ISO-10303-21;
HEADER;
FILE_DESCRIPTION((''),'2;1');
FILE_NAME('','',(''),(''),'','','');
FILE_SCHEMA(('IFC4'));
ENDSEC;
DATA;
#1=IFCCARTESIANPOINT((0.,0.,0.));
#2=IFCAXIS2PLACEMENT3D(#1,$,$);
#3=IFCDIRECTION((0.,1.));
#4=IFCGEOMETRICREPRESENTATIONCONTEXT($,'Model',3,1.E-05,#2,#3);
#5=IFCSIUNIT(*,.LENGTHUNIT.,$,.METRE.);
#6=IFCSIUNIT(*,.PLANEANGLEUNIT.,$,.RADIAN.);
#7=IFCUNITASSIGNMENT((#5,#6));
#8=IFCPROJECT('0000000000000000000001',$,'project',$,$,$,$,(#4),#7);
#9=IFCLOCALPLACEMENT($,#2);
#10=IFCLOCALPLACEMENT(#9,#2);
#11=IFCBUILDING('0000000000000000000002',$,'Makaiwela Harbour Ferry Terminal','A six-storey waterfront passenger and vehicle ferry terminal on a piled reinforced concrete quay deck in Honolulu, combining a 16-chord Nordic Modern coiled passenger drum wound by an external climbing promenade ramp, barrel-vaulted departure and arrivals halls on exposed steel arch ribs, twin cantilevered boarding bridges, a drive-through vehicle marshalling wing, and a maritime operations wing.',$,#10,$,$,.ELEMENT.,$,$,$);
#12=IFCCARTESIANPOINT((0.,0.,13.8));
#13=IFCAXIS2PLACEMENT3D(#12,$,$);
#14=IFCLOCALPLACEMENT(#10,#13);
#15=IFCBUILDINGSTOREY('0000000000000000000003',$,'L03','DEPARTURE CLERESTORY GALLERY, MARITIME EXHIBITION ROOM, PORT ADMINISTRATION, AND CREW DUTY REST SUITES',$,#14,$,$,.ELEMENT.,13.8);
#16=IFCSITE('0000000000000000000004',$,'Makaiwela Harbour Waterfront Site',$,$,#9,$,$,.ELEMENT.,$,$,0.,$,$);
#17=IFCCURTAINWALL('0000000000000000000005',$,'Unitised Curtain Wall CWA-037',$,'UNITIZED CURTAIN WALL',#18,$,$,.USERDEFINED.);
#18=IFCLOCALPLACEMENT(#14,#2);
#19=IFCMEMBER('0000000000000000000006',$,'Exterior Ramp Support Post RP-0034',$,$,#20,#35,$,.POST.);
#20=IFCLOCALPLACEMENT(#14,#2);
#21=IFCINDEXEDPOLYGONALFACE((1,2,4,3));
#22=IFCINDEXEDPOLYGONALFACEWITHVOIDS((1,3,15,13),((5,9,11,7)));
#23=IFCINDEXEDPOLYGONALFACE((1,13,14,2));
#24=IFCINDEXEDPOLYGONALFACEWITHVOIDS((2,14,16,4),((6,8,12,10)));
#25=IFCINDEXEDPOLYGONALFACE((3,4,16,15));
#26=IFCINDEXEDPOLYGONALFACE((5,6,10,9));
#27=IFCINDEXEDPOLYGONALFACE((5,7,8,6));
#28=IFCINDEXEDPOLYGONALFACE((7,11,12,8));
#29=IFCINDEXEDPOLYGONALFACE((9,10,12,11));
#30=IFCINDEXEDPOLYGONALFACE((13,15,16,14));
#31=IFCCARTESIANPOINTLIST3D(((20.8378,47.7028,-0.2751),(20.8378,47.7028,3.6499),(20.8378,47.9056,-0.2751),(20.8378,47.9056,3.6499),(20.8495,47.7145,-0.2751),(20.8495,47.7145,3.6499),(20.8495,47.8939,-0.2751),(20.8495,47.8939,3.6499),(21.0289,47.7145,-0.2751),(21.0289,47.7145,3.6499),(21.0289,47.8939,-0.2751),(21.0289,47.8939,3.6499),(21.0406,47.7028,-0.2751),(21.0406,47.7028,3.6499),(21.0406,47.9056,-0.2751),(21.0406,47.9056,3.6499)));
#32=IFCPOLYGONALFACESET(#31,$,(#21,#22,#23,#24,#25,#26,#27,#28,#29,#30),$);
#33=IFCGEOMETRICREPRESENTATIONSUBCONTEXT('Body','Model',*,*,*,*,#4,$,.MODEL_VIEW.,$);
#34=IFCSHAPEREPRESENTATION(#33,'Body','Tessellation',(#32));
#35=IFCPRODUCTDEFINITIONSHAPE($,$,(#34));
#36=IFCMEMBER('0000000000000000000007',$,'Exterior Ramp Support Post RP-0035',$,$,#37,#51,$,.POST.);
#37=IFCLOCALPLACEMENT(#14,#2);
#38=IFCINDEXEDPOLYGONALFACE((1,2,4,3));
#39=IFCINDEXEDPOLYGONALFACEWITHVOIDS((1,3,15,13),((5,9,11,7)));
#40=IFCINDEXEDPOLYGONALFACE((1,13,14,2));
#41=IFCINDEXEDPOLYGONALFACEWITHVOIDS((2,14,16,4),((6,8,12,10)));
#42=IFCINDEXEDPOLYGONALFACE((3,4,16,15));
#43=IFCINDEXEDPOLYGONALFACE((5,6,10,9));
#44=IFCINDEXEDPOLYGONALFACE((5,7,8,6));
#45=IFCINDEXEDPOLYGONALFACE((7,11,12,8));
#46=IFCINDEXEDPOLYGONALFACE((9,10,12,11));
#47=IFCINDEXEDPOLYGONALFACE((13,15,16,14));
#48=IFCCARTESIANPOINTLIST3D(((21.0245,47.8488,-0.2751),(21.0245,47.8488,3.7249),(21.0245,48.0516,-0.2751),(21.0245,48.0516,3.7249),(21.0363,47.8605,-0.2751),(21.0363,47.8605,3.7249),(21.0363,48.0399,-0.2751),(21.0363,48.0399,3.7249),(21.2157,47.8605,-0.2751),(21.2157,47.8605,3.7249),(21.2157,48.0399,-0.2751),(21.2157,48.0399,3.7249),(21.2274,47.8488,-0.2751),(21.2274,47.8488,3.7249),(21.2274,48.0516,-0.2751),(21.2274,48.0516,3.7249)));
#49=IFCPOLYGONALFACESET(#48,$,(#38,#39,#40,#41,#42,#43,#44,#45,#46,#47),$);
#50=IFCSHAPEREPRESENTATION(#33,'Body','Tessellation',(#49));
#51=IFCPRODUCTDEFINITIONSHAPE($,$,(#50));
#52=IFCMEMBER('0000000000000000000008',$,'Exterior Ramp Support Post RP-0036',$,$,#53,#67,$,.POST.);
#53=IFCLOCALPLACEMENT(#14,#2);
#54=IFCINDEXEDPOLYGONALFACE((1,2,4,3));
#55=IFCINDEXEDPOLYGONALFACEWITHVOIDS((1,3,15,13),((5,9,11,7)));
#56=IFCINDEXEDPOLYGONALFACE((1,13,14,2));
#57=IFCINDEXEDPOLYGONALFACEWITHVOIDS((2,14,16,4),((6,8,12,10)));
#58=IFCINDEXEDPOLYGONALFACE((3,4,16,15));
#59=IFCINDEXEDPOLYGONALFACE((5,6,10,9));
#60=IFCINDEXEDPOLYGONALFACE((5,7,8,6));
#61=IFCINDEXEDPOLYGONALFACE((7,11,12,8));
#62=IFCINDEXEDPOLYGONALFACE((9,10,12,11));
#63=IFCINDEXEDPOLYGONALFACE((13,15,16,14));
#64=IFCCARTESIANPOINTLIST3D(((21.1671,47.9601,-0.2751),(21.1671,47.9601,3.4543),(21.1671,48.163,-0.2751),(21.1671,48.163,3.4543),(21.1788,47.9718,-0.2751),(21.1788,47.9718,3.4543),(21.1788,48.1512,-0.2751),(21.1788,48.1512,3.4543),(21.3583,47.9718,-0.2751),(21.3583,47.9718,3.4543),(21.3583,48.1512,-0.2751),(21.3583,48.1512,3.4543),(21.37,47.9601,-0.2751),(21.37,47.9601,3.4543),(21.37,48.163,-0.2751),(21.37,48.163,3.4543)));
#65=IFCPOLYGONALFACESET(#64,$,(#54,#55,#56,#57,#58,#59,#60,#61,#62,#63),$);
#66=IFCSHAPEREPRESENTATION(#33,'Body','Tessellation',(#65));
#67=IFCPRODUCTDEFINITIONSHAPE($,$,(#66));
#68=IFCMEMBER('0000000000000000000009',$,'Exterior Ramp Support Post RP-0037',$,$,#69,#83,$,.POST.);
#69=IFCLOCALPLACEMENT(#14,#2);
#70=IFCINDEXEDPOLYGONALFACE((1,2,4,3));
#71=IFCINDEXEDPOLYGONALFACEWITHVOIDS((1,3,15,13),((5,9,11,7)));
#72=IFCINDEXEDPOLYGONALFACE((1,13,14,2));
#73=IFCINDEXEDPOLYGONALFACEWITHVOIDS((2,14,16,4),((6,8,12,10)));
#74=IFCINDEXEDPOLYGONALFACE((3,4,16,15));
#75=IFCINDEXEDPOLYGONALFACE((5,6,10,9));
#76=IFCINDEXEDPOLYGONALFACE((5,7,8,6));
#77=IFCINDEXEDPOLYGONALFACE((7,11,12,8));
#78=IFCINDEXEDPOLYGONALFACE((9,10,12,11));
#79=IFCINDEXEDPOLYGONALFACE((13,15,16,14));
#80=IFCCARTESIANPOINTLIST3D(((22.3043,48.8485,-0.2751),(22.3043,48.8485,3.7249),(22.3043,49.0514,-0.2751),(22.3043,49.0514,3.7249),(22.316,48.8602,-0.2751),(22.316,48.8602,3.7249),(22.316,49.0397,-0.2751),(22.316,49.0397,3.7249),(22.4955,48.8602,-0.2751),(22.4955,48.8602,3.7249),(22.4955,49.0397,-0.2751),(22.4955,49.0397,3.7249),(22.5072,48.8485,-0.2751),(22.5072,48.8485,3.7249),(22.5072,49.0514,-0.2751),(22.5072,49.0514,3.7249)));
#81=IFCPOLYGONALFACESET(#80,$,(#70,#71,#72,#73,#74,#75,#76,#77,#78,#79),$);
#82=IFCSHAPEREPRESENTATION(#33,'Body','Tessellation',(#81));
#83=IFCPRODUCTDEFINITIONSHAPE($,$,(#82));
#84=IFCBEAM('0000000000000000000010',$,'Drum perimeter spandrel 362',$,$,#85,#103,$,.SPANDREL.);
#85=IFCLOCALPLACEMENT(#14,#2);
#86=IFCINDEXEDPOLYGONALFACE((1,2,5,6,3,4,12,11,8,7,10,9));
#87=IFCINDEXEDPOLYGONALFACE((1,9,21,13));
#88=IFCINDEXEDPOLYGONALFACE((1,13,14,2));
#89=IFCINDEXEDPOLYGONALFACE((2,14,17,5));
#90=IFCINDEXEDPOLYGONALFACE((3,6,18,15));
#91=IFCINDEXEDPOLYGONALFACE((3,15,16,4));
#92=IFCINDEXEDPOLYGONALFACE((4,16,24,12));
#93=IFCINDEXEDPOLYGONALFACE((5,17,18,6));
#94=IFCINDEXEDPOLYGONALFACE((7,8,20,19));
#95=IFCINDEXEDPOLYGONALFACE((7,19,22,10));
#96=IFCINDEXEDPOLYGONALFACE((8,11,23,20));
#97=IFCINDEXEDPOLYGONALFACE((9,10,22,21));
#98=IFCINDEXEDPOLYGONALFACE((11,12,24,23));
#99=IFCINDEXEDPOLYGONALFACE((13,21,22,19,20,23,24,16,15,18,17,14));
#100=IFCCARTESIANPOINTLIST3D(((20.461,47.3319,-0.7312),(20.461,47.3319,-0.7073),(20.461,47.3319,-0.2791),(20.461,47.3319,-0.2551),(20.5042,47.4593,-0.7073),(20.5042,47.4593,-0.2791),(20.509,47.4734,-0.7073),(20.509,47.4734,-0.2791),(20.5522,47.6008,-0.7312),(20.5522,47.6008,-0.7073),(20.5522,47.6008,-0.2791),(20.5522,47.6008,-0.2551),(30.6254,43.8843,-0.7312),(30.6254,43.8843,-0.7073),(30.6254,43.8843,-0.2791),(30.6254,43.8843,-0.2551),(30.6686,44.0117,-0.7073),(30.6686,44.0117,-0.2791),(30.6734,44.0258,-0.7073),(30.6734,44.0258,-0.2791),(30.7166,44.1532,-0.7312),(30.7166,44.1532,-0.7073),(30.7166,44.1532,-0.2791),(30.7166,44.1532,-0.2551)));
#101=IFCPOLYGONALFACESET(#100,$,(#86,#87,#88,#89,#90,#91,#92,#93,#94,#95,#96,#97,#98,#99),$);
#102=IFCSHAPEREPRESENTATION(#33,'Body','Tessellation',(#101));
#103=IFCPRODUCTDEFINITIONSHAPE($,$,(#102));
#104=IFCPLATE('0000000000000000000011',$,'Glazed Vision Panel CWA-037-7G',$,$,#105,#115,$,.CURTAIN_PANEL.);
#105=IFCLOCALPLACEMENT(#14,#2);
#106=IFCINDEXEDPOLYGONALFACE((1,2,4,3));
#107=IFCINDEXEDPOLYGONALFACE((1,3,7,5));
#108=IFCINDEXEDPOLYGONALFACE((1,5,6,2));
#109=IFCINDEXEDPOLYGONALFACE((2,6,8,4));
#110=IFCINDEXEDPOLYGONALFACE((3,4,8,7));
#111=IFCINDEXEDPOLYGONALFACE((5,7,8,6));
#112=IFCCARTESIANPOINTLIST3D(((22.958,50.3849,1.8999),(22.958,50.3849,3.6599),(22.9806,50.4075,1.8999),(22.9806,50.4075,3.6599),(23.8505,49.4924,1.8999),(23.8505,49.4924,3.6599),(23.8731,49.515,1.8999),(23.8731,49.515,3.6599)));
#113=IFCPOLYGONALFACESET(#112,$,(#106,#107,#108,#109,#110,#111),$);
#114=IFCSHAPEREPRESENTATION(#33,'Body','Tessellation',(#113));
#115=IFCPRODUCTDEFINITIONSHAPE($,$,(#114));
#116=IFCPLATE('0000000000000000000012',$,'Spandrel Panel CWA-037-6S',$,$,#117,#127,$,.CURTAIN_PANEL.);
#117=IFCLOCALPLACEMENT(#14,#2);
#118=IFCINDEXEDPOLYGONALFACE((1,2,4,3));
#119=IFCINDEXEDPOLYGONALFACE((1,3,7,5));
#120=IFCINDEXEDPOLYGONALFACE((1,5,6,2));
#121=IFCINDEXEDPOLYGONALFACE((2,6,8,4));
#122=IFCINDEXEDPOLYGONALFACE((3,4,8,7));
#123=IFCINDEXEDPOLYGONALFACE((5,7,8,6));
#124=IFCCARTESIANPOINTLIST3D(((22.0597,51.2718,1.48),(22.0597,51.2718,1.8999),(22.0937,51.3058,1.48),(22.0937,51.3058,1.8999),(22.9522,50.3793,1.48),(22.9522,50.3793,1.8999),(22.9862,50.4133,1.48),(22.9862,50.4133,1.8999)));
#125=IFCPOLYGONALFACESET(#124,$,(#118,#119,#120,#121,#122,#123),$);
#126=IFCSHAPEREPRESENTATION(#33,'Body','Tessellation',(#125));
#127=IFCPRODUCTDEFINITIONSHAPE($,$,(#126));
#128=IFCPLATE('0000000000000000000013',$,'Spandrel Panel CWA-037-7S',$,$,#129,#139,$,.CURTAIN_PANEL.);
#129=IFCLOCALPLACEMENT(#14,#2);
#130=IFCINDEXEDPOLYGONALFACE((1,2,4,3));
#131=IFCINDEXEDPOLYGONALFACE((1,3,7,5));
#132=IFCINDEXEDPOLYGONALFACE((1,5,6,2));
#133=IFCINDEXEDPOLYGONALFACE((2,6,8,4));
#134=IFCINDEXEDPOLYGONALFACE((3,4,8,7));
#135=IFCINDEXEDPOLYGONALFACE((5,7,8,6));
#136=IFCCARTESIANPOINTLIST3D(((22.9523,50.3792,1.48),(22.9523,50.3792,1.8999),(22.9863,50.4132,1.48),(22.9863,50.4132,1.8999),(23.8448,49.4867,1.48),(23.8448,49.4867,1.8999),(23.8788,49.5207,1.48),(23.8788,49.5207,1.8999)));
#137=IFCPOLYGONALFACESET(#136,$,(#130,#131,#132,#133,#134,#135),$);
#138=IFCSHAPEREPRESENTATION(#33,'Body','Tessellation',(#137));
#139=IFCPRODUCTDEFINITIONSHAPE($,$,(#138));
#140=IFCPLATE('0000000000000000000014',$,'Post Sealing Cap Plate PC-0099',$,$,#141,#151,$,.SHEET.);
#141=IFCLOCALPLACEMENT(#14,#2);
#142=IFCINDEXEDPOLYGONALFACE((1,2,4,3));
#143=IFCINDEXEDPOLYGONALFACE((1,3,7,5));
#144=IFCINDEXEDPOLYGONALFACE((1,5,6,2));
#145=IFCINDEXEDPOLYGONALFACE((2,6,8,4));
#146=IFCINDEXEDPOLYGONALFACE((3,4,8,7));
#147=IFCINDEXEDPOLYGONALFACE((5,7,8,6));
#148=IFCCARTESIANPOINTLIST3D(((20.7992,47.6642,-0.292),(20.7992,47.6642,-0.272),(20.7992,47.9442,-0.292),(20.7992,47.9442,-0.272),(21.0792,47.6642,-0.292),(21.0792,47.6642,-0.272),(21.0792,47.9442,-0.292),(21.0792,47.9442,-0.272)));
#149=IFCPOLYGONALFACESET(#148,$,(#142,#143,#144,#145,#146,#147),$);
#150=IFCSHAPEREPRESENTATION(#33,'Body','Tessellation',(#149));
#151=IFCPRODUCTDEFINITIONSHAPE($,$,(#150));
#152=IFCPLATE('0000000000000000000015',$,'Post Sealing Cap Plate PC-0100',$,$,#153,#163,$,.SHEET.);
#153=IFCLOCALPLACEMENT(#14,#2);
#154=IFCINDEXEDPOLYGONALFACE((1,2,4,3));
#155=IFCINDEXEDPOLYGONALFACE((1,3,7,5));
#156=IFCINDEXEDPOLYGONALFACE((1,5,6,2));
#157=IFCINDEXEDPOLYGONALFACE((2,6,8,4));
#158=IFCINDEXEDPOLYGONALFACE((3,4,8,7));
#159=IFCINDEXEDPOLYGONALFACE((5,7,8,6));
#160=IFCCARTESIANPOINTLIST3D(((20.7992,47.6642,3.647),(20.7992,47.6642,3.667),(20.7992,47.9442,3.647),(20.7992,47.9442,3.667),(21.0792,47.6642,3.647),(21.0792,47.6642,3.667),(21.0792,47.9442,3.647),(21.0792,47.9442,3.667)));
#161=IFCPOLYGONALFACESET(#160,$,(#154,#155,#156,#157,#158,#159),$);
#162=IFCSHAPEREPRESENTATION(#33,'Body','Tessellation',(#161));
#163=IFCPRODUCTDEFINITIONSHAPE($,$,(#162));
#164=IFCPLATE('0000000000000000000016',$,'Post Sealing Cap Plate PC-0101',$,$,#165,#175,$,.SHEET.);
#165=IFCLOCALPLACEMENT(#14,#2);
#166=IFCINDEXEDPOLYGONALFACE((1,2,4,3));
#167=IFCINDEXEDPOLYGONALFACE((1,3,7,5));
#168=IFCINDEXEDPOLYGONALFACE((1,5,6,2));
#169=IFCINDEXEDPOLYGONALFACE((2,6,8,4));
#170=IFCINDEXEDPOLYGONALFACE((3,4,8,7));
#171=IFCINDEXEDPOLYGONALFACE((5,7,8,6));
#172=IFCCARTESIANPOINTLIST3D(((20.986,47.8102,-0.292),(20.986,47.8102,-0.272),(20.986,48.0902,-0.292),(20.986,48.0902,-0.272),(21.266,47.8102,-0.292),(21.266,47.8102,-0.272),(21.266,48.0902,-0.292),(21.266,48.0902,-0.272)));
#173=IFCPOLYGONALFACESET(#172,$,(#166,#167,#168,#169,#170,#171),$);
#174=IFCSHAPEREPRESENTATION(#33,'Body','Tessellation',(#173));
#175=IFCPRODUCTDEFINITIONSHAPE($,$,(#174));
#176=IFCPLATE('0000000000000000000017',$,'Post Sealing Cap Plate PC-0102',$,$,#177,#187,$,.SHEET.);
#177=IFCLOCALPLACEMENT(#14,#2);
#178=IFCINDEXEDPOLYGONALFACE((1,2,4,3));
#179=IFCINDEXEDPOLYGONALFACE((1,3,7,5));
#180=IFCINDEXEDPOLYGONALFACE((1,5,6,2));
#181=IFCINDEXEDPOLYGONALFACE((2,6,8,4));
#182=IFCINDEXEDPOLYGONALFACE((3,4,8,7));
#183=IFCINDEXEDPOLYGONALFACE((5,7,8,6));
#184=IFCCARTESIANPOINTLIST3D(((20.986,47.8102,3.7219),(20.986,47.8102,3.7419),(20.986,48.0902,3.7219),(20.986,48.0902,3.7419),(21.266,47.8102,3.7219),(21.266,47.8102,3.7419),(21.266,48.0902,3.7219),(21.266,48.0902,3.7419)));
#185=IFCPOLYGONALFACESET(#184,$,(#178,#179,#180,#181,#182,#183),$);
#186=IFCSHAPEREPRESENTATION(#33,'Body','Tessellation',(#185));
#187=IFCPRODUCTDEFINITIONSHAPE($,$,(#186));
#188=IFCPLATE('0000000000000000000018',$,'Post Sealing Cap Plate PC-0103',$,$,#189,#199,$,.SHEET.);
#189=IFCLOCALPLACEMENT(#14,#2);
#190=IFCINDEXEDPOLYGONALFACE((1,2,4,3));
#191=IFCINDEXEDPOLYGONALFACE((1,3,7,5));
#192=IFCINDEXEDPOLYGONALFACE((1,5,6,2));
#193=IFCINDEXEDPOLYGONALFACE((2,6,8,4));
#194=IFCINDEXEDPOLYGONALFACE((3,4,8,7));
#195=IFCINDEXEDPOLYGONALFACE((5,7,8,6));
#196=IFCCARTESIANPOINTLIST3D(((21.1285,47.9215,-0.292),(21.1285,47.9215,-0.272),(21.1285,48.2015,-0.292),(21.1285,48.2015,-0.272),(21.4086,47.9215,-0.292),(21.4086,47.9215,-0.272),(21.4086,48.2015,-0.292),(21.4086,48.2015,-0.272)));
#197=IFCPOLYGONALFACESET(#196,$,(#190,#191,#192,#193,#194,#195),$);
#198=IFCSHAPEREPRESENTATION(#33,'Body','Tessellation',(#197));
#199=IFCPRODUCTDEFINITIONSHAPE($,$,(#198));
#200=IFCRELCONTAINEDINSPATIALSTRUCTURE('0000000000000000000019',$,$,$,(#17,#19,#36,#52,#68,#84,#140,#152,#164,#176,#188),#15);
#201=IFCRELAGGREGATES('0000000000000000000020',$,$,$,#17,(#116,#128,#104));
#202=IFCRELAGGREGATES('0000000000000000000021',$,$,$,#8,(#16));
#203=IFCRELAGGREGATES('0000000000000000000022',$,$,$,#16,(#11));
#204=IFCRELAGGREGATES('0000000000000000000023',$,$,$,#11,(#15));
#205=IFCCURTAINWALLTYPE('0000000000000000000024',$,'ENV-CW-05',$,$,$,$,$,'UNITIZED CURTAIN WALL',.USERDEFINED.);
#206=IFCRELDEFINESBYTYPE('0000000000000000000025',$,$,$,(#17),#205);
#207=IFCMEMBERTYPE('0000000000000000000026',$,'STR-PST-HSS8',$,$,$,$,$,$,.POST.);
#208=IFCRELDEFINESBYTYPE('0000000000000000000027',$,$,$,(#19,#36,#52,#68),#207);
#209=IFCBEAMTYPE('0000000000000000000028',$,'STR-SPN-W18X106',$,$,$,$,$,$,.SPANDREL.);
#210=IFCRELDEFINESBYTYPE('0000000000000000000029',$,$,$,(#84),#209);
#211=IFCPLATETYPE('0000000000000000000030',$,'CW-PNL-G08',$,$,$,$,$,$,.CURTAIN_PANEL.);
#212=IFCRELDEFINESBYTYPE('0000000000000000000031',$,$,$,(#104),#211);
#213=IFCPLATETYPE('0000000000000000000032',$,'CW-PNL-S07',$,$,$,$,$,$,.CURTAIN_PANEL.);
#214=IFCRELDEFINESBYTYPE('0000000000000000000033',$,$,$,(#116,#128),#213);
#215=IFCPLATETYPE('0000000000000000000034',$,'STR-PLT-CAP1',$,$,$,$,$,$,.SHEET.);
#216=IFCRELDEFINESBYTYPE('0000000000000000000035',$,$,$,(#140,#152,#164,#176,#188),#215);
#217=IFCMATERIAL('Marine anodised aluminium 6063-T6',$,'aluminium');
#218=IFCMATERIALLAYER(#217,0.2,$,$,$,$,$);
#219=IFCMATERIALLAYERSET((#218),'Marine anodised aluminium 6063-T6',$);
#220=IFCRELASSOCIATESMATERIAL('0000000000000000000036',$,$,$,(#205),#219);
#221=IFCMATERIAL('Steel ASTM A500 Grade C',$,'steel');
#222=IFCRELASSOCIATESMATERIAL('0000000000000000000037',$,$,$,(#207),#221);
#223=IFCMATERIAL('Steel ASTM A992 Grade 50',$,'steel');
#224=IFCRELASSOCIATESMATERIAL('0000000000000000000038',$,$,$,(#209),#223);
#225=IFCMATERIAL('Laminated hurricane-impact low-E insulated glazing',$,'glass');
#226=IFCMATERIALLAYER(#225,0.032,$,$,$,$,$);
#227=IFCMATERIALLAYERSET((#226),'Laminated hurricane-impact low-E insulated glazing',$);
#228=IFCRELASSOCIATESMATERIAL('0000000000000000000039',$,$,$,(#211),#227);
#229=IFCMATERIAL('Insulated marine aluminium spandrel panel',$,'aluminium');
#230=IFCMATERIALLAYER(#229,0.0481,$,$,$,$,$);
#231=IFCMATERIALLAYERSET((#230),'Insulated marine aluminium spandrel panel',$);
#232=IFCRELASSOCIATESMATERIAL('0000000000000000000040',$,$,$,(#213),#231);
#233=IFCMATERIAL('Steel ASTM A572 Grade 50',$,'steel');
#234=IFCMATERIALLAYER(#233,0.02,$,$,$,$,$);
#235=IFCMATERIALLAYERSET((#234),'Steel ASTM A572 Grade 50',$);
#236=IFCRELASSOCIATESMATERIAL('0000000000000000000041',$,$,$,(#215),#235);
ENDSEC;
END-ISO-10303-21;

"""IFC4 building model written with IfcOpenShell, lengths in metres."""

from ifc_helpers import new_model, si_unit, direction, frame, origin, origin_2d, place, context, subcontext, project, spatial, rectangle, hollow_rectangle, i_section, extrude, material, layer, layer_set, material_profile, profile_set, type_object, element, aggregate, save


model = new_model("IFC4")

# Units and contexts
model_context = context("Model", 3, precision=1e-05, world=origin(), true_north=direction((0.0, 1.0)))
body_context = subcontext(model_context, "Body", "Model", "MODEL_VIEW")
ifc_project = project(units=[si_unit("LENGTHUNIT", "METRE"), si_unit("PLANEANGLEUNIT", "RADIAN")], contexts=[model_context])

# Site, building, storey
site_placement = place(None, origin())
site = spatial("IfcSite", under=ifc_project, at=site_placement, Name="Makaiwela Harbour Waterfront Site", CompositionType="ELEMENT", RefElevation=0.0)
building_placement = place(site_placement, origin())
building = spatial("IfcBuilding", under=site, at=building_placement, Name="Makaiwela Harbour Ferry Terminal", Description="A six-storey waterfront passenger and vehicle ferry terminal on a piled reinforced concrete quay deck in Honolulu, combining a 16-chord Nordic Modern coiled passenger drum wound by an external climbing promenade ramp, barrel-vaulted departure and arrivals halls on exposed steel arch ribs, twin cantilevered boarding bridges, a drive-through vehicle marshalling wing, and a maritime operations wing.", CompositionType="ELEMENT")
storey_placement = place(building_placement, frame((0.0, 0.0, 13.8)))
storey = spatial("IfcBuildingStorey", under=building, at=storey_placement, Name="L03", Description="DEPARTURE CLERESTORY GALLERY, MARITIME EXHIBITION ROOM, PORT ADMINISTRATION, AND CREW DUTY REST SUITES", CompositionType="ELEMENT", Elevation=13.8)

# Curtain wall
ifc_material_1 = material(Name="Marine anodised aluminium 6063-T6", Category="aluminium")
ifc_layer_1 = layer(ifc_material_1, 0.2)
ifc_layer_set_1 = layer_set([ifc_layer_1], Name="Marine anodised aluminium 6063-T6")
curtain_wall_type = type_object("IfcCurtainWallType", Name="ENV-CW-05", ElementType="UNITIZED CURTAIN WALL", PredefinedType="USERDEFINED", material=ifc_layer_set_1)
curtain_wall_placement = place(storey_placement, origin())
curtain_wall = element("IfcCurtainWall", 1, at=curtain_wall_placement, inside=storey, type_object=curtain_wall_type, Name="Unitised Curtain Wall CWA-037", ObjectType="UNITIZED CURTAIN WALL", PredefinedType="USERDEFINED")

# Shared definitions
ifc_material_2 = material(Name="Steel ASTM A992 Grade 50", Category="steel")

# Members
ifc_material_3 = material(Name="Steel ASTM A500 Grade C", Category="steel")
ifc_material_profile_1 = material_profile(ifc_material_3, hollow_rectangle(XDim=0.2029, YDim=0.2029, WallThickness=0.0117, at=origin_2d()), Name="HSS8X8X1/2")
ifc_profile_set_1 = profile_set([ifc_material_profile_1], Name="Steel ASTM A500 Grade C")
member_type_1 = type_object("IfcMemberType", Name="STR-PST-HSS8", PredefinedType="POST", material=ifc_profile_set_1)
member_1_placement = place(storey_placement, frame((20.9392, 47.8042, -0.2751), z_axis=(0.0, 0.0, 1.0), x_axis=(1.0, 0.0, 0.0)))
element("IfcMember", 2, at=member_1_placement, inside=storey, type_object=member_type_1, Name="Exterior Ramp Support Post RP-0034", PredefinedType="POST", context=body_context, shape_type="SweptSolid", body=[
    extrude(hollow_rectangle(XDim=0.2029, YDim=0.2029, WallThickness=0.0117, at=origin_2d()), origin(), (0.0, 0.0, 1.0), 3.925),
])
member_2_placement = place(storey_placement, frame((21.126, 47.9502, -0.2751), z_axis=(0.0, 0.0, 1.0), x_axis=(1.0, 0.0, 0.0)))
element("IfcMember", 3, at=member_2_placement, inside=storey, type_object=member_type_1, Name="Exterior Ramp Support Post RP-0035", PredefinedType="POST", context=body_context, shape_type="SweptSolid", body=[
    extrude(hollow_rectangle(XDim=0.2029, YDim=0.2029, WallThickness=0.0117, at=origin_2d()), origin(), (0.0, 0.0, 1.0), 4.0),
])
member_3_placement = place(storey_placement, frame((21.2686, 48.0615, -0.2751), z_axis=(0.0, 0.0, 1.0), x_axis=(1.0, 0.0, 0.0)))
element("IfcMember", 4, at=member_3_placement, inside=storey, type_object=member_type_1, Name="Exterior Ramp Support Post RP-0036", PredefinedType="POST", context=body_context, shape_type="SweptSolid", body=[
    extrude(hollow_rectangle(XDim=0.2029, YDim=0.2029, WallThickness=0.0117, at=origin_2d()), origin(), (0.0, 0.0, 1.0), 3.7295),
])
member_4_placement = place(storey_placement, frame((22.4058, 48.95, -0.2751), z_axis=(0.0, 0.0, 1.0), x_axis=(1.0, 0.0, 0.0)))
element("IfcMember", 5, at=member_4_placement, inside=storey, type_object=member_type_1, Name="Exterior Ramp Support Post RP-0037", PredefinedType="POST", context=body_context, shape_type="SweptSolid", body=[
    extrude(hollow_rectangle(XDim=0.2029, YDim=0.2029, WallThickness=0.0117, at=origin_2d()), origin(), (0.0, 0.0, 1.0), 4.0),
])

# Beam
ifc_material_profile_2 = material_profile(ifc_material_2, i_section(OverallWidth=0.2839, OverallDepth=0.4761, WebThickness=0.0149, FlangeThickness=0.0239, at=origin_2d()), Name="W18X106")
ifc_profile_set_2 = profile_set([ifc_material_profile_2], Name="Steel ASTM A992 Grade 50")
beam_type_1 = type_object("IfcBeamType", Name="STR-SPN-W18X106", PredefinedType="SPANDREL", material=ifc_profile_set_2)
beam_1_placement = place(storey_placement, frame((20.5066, 47.4663, -0.4932), z_axis=(0.94701, -0.321205, 0.0), x_axis=(0.321205, 0.94701, 0.0)))
element("IfcBeam", 6, at=beam_1_placement, inside=storey, type_object=beam_type_1, Name="Drum perimeter spandrel 362", PredefinedType="SPANDREL", context=body_context, shape_type="SweptSolid", body=[
    extrude(i_section(OverallWidth=0.2839, OverallDepth=0.4761, WebThickness=0.0149, FlangeThickness=0.0239, at=origin_2d()), origin(), (0.0, 0.0, 1.0), 10.7332),
])

# Plates
ifc_material_4 = material(Name="Laminated hurricane-impact low-E insulated glazing", Category="glass")
ifc_layer_2 = layer(ifc_material_4, 0.032)
ifc_layer_set_2 = layer_set([ifc_layer_2], Name="Laminated hurricane-impact low-E insulated glazing")
plate_type_1 = type_object("IfcPlateType", Name="CW-PNL-G08", PredefinedType="CURTAIN_PANEL", material=ifc_layer_set_2)
plate_1_placement = place(storey_placement, frame((23.4155, 49.95, 1.8999), z_axis=(0.0, 0.0, 1.0), x_axis=(0.707107, -0.707107, 0.0)))
plate_1 = element("IfcPlate", 7, at=plate_1_placement, type_object=plate_type_1, Name="Glazed Vision Panel CWA-037-7G", PredefinedType="CURTAIN_PANEL", context=body_context, shape_type="SweptSolid", body=[
    extrude(rectangle(XDim=1.2622, YDim=0.032, at=origin_2d()), origin(), (0.0, 0.0, 1.0), 1.76),
])
ifc_material_5 = material(Name="Insulated marine aluminium spandrel panel", Category="aluminium")
ifc_layer_3 = layer(ifc_material_5, 0.0481)
ifc_layer_set_3 = layer_set([ifc_layer_3], Name="Insulated marine aluminium spandrel panel")
plate_type_2 = type_object("IfcPlateType", Name="CW-PNL-S07", PredefinedType="CURTAIN_PANEL", material=ifc_layer_set_3)
plate_2_placement = place(storey_placement, frame((22.5229, 50.8425, 1.48), z_axis=(0.0, 0.0, 1.0), x_axis=(0.707107, -0.707107, 0.0)))
plate_2 = element("IfcPlate", 8, at=plate_2_placement, type_object=plate_type_2, Name="Spandrel Panel CWA-037-6S", PredefinedType="CURTAIN_PANEL", context=body_context, shape_type="SweptSolid", body=[
    extrude(rectangle(XDim=1.2622, YDim=0.0481, at=origin_2d()), origin(), (0.0, 0.0, 1.0), 0.4199),
])
plate_3_placement = place(storey_placement, frame((23.4155, 49.95, 1.48), z_axis=(0.0, 0.0, 1.0), x_axis=(0.707107, -0.707107, 0.0)))
plate_3 = element("IfcPlate", 9, at=plate_3_placement, type_object=plate_type_2, Name="Spandrel Panel CWA-037-7S", PredefinedType="CURTAIN_PANEL", context=body_context, shape_type="SweptSolid", body=[
    extrude(rectangle(XDim=1.2622, YDim=0.0481, at=origin_2d()), origin(), (0.0, 0.0, 1.0), 0.4199),
])
aggregate(curtain_wall, [plate_2, plate_3, plate_1])

# Plates
ifc_material_6 = material(Name="Steel ASTM A572 Grade 50", Category="steel")
ifc_layer_4 = layer(ifc_material_6, 0.02)
ifc_layer_set_4 = layer_set([ifc_layer_4], Name="Steel ASTM A572 Grade 50")
plate_type_3 = type_object("IfcPlateType", Name="STR-PLT-CAP1", PredefinedType="SHEET", material=ifc_layer_set_4)
for number, where, z_axis, x_axis, name in (
    (10, (20.9392, 47.8042, -0.292), (0.0, 0.0, 1.0), (1.0, 0.0, 0.0), "Post Sealing Cap Plate PC-0099"),
    (11, (20.9392, 47.8042, 3.647), (0.0, 0.0, 1.0), (1.0, 0.0, 0.0), "Post Sealing Cap Plate PC-0100"),
    (12, (21.126, 47.9502, -0.292), (0.0, 0.0, 1.0), (1.0, 0.0, 0.0), "Post Sealing Cap Plate PC-0101"),
    (13, (21.126, 47.9502, 3.7219), (0.0, 0.0, 1.0), (1.0, 0.0, 0.0), "Post Sealing Cap Plate PC-0102"),
    (14, (21.2686, 48.0615, -0.292), (0.0, 0.0, 1.0), (1.0, 0.0, 0.0), "Post Sealing Cap Plate PC-0103"),
):
    element("IfcPlate", number, at=place(storey_placement, frame(where, z_axis=z_axis, x_axis=x_axis)), inside=storey, type_object=plate_type_3, Name=name, PredefinedType="SHEET", context=body_context, shape_type="SweptSolid", body=[
        extrude(rectangle(XDim=0.28, YDim=0.28, at=origin_2d()), origin(), (0.0, 0.0, 1.0), 0.02),
    ])

save(model, "model.ifc")
